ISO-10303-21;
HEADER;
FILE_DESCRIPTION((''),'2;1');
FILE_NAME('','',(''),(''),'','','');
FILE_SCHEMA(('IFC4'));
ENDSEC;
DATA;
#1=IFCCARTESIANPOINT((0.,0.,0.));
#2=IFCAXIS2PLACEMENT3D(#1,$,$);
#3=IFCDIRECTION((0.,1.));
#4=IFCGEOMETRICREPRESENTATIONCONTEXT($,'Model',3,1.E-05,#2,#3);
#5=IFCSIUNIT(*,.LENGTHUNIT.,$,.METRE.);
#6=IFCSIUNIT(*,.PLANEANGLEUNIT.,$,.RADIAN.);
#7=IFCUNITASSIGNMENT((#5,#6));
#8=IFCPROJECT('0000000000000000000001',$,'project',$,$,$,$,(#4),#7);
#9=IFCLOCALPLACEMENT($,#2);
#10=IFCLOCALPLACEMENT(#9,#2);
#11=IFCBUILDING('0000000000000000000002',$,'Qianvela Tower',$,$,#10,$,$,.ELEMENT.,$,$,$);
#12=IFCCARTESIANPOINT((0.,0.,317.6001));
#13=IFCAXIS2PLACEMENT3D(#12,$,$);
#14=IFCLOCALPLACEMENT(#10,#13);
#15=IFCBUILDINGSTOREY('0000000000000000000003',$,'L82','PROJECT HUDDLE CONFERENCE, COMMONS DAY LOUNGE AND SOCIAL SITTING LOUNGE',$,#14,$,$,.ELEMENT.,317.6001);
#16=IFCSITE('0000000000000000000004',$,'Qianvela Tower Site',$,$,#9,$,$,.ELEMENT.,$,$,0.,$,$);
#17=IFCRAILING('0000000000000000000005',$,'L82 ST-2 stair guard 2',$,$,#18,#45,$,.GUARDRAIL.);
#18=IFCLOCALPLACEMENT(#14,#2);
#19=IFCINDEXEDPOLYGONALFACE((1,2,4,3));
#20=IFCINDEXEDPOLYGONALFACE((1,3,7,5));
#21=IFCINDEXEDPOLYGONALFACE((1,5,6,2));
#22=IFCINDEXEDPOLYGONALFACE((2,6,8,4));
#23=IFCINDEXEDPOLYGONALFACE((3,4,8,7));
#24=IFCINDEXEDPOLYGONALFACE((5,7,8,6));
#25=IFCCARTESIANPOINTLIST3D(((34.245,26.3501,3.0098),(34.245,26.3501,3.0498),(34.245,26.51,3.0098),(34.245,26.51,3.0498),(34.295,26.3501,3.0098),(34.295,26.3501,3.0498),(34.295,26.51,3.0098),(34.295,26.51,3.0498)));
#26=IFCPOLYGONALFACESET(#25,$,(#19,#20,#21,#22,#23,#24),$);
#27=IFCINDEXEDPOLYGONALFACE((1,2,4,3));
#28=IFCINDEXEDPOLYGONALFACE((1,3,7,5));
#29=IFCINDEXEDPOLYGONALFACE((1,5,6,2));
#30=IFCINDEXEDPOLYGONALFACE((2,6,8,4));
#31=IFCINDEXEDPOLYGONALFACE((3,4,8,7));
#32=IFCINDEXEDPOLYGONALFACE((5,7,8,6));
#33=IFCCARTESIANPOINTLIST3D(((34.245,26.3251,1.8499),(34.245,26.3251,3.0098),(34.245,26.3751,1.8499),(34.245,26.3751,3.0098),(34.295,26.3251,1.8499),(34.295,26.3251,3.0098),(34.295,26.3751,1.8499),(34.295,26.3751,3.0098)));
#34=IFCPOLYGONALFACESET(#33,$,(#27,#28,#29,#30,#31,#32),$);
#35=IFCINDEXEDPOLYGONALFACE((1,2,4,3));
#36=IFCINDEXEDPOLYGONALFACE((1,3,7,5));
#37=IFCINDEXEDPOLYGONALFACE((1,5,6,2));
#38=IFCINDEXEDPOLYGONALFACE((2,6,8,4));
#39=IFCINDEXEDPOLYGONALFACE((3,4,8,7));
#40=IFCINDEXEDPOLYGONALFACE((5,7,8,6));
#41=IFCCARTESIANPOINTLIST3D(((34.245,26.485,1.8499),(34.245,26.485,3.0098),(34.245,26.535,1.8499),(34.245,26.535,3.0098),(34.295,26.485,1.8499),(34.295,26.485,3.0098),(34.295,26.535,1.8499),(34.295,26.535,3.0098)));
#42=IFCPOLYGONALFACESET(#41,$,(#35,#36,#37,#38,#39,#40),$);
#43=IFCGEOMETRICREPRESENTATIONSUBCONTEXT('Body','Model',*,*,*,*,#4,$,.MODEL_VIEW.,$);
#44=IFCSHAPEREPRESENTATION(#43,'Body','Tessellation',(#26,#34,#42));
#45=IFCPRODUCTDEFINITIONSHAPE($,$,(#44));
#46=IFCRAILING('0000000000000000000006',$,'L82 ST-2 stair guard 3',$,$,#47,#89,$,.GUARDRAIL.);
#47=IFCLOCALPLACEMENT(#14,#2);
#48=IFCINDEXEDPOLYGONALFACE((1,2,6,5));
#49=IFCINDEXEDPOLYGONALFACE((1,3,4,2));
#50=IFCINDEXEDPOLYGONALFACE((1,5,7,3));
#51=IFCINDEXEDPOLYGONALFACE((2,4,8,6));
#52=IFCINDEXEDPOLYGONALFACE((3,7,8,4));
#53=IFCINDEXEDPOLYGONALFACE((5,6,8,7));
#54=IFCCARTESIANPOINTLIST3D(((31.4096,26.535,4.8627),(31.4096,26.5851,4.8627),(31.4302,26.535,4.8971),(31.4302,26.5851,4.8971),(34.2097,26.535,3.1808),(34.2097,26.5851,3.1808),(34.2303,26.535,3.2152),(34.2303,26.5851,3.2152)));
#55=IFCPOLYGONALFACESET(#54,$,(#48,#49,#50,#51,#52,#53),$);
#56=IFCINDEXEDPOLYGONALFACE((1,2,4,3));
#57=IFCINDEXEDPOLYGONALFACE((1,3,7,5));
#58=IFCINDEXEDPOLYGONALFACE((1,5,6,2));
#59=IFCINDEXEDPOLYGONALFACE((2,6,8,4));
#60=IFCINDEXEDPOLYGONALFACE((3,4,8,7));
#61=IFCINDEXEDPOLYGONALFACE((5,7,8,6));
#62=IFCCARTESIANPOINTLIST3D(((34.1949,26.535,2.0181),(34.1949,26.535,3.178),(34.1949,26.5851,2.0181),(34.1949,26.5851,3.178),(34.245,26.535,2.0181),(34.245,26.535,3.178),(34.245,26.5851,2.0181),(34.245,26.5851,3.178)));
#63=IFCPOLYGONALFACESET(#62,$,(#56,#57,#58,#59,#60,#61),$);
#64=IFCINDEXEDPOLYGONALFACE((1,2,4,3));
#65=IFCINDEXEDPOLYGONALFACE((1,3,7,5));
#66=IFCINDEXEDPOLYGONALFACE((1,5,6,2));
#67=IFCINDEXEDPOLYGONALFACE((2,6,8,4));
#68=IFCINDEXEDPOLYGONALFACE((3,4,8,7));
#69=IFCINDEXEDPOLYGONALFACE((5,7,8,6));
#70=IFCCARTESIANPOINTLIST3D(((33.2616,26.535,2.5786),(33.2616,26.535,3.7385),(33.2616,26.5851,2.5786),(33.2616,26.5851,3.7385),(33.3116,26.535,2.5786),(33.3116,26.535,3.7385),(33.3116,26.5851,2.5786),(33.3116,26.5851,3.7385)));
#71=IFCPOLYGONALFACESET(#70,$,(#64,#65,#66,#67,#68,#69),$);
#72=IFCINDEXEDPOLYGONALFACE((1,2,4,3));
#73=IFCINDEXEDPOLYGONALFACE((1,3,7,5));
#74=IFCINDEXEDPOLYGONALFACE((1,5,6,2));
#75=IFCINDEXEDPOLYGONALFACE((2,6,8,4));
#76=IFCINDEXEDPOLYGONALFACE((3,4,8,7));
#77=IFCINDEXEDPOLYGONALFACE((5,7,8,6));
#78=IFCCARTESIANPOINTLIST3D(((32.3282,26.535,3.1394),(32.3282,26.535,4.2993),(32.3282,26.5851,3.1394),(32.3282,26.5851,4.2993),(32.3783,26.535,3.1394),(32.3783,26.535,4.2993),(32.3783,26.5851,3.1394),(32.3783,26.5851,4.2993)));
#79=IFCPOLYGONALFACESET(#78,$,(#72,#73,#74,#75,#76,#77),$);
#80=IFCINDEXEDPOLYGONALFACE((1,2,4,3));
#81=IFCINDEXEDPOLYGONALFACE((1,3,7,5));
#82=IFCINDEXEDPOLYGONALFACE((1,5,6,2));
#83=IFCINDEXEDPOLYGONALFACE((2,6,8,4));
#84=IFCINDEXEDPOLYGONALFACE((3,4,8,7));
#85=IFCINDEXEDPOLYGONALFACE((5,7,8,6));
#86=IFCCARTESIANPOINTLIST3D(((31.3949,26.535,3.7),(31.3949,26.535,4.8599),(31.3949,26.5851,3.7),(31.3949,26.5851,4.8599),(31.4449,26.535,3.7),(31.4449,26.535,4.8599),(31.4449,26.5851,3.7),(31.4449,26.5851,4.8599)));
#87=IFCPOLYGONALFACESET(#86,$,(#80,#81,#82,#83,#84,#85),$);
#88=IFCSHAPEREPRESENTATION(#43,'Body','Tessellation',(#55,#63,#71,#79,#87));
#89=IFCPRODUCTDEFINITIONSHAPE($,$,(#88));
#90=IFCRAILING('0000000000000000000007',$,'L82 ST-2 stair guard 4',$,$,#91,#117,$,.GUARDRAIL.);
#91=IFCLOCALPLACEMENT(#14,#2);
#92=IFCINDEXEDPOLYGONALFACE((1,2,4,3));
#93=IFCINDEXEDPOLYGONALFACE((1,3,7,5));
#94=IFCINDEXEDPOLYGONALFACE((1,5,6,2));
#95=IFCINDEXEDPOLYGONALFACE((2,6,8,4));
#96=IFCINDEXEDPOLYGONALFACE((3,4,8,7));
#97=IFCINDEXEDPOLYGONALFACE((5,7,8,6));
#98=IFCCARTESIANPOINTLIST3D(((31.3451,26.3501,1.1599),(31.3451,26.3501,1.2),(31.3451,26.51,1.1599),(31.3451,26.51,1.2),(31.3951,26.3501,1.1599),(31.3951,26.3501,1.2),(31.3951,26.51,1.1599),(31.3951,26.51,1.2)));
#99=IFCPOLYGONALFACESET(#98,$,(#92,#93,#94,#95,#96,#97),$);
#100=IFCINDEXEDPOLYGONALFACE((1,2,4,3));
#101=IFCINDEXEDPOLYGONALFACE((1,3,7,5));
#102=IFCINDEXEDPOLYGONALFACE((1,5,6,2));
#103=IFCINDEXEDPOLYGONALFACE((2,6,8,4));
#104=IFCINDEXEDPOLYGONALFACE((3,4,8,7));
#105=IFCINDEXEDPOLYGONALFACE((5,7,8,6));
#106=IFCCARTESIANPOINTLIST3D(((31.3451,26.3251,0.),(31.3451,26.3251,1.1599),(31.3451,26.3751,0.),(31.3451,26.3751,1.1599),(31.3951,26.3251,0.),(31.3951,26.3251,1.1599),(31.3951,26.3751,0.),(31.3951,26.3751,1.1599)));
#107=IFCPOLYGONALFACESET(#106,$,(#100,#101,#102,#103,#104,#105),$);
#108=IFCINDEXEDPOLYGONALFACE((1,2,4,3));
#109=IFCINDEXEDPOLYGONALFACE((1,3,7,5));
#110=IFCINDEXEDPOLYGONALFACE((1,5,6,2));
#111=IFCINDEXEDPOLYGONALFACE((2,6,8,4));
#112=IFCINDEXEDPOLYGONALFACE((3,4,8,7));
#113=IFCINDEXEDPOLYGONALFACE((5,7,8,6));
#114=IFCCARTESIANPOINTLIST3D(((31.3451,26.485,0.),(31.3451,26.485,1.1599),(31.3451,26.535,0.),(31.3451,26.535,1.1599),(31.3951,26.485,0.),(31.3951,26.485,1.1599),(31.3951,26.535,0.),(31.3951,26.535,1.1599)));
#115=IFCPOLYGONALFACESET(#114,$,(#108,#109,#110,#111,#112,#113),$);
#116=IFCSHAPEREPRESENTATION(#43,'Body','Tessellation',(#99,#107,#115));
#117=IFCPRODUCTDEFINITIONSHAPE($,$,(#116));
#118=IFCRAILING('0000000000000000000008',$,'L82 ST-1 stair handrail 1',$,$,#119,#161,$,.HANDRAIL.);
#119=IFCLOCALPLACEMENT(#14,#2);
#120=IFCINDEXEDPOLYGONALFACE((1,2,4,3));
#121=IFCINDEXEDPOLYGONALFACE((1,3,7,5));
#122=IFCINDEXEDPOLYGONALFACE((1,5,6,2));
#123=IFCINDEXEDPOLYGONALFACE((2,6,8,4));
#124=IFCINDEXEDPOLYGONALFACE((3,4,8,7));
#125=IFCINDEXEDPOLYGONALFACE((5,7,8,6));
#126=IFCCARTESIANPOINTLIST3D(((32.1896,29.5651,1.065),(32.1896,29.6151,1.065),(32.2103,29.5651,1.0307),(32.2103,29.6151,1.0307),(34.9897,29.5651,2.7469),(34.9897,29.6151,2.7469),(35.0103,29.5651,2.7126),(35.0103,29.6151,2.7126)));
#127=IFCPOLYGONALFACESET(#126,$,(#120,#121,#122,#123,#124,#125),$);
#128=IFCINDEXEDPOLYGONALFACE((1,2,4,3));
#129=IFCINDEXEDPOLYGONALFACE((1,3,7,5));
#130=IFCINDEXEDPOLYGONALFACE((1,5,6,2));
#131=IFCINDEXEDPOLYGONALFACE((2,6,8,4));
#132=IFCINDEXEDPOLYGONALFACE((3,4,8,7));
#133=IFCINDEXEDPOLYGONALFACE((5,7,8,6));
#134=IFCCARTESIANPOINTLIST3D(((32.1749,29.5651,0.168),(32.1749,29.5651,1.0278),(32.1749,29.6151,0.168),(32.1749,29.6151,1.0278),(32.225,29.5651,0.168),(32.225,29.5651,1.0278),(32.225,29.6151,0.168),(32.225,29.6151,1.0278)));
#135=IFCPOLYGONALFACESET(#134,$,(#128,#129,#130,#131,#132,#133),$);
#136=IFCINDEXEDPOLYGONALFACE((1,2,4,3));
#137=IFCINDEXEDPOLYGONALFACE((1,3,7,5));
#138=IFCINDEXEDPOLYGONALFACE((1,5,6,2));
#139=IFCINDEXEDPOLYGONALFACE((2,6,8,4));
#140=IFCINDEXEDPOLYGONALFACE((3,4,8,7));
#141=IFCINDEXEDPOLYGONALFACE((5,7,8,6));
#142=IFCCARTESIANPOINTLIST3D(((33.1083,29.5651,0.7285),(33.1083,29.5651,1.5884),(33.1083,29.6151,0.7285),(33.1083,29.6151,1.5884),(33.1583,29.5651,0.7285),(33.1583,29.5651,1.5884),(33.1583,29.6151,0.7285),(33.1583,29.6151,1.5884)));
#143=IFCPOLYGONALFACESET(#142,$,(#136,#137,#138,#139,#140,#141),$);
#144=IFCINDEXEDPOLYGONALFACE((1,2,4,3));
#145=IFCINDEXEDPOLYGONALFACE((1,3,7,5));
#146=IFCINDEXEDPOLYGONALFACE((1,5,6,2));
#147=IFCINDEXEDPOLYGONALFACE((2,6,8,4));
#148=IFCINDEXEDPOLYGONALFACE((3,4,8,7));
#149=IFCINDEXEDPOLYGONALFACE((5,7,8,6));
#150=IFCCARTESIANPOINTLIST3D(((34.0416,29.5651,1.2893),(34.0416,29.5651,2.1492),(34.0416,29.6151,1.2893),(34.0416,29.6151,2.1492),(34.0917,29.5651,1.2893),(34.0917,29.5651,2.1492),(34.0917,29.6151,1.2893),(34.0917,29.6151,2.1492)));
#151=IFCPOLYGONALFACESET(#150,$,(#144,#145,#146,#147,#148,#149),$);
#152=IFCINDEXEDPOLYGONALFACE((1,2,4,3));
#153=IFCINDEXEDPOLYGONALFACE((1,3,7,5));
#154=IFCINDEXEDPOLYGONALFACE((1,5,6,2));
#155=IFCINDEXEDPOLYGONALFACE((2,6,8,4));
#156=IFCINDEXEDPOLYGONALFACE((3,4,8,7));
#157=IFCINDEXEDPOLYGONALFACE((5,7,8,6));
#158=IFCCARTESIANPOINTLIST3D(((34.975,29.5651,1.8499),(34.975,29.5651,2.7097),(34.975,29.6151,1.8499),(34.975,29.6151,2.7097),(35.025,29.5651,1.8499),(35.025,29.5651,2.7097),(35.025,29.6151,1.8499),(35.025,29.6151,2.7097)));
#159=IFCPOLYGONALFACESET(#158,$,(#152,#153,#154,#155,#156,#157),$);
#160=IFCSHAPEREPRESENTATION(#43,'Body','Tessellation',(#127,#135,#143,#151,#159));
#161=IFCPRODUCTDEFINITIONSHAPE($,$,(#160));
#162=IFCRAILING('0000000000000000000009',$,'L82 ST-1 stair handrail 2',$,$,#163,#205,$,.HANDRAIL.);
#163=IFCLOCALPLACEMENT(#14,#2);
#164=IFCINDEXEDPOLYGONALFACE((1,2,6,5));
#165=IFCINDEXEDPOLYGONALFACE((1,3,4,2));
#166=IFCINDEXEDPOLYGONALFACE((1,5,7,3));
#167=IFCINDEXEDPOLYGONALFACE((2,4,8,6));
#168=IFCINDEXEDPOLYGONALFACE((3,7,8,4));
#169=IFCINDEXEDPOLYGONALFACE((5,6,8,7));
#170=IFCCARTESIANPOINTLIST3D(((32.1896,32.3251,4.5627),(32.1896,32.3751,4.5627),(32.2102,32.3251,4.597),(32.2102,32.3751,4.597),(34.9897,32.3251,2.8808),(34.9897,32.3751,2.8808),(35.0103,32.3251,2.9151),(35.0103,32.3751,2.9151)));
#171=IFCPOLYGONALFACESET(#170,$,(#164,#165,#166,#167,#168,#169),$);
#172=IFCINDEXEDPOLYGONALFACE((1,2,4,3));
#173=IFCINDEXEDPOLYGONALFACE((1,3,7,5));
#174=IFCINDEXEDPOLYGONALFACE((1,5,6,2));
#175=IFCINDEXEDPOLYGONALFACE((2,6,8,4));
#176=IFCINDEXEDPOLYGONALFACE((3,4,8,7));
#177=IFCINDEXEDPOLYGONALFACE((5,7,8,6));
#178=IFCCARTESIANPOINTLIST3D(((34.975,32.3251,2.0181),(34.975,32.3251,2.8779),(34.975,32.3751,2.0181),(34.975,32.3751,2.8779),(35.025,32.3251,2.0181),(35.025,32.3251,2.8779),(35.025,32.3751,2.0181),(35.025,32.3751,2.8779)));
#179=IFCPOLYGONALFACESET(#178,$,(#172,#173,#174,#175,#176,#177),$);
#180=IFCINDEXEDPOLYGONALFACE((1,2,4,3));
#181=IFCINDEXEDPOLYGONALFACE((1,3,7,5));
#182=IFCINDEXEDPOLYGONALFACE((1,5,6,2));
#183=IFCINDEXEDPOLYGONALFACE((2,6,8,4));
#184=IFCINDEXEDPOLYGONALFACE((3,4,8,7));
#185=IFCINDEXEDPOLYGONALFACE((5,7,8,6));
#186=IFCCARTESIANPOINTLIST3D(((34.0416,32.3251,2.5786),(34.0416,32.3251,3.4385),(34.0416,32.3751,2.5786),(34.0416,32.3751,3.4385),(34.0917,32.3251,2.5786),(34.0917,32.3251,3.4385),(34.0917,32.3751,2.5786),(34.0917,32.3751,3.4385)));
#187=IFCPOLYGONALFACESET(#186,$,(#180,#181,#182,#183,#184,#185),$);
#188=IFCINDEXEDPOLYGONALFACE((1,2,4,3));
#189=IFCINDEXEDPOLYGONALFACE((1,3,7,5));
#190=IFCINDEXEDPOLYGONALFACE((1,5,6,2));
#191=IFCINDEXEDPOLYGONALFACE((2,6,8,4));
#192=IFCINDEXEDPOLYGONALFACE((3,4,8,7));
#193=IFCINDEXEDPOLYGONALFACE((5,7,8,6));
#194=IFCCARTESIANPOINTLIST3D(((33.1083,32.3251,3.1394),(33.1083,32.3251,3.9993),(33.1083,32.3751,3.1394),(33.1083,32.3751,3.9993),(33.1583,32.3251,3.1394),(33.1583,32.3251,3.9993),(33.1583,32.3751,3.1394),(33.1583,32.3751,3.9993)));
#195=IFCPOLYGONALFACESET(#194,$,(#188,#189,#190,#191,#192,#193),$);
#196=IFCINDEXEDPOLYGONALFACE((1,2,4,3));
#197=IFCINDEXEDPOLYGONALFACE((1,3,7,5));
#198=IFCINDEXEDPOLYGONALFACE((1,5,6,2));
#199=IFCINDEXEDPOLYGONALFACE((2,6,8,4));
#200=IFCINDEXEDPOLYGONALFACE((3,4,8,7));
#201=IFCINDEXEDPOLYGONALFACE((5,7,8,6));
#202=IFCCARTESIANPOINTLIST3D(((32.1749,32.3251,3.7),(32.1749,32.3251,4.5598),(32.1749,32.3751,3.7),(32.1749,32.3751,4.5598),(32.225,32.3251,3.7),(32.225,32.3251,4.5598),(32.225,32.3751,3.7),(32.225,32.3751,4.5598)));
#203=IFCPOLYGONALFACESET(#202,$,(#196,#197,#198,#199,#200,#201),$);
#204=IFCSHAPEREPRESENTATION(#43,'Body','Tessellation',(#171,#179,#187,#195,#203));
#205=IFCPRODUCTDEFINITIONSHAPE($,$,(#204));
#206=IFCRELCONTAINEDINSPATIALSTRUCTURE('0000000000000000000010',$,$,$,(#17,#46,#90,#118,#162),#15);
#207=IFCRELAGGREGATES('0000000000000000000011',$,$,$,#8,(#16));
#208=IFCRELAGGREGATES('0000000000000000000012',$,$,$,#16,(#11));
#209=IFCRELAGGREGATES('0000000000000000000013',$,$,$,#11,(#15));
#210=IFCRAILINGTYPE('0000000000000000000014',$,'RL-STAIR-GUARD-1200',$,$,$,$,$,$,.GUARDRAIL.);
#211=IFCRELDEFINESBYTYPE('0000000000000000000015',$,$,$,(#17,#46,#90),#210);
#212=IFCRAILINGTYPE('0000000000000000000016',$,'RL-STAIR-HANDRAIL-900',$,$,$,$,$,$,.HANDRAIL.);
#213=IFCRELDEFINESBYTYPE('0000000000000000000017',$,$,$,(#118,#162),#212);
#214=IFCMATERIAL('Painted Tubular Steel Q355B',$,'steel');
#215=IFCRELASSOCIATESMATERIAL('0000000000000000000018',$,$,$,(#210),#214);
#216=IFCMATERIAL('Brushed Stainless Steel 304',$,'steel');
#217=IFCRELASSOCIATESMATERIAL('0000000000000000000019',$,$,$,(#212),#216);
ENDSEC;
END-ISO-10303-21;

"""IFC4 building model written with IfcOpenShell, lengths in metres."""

from ifc_helpers import new_model, si_unit, direction, frame, origin, origin_2d, place, context, subcontext, project, spatial, rectangle, extrude, material, type_object, element, save


model = new_model("IFC4")

# Units and contexts
model_context = context("Model", 3, precision=1e-05, world=origin(), true_north=direction((0.0, 1.0)))
body_context = subcontext(model_context, "Body", "Model", "MODEL_VIEW")
ifc_project = project(units=[si_unit("LENGTHUNIT", "METRE"), si_unit("PLANEANGLEUNIT", "RADIAN")], contexts=[model_context])

# Site, building, storey
site_placement = place(None, origin())
site = spatial("IfcSite", under=ifc_project, at=site_placement, Name="Qianvela Tower Site", CompositionType="ELEMENT", RefElevation=0.0)
building_placement = place(site_placement, origin())
building = spatial("IfcBuilding", under=site, at=building_placement, Name="Qianvela Tower", CompositionType="ELEMENT")
storey_placement = place(building_placement, frame((0.0, 0.0, 317.6001)))
storey = spatial("IfcBuildingStorey", under=building, at=storey_placement, Name="L82", Description="PROJECT HUDDLE CONFERENCE, COMMONS DAY LOUNGE AND SOCIAL SITTING LOUNGE", CompositionType="ELEMENT", Elevation=317.6001)

# Railings
ifc_material_1 = material(Name="Painted Tubular Steel Q355B", Category="steel")
railing_type_1 = type_object("IfcRailingType", Name="RL-STAIR-GUARD-1200", PredefinedType="GUARDRAIL", material=ifc_material_1)
railing_1_placement = place(storey_placement, frame((34.27, 26.3501, 1.8499)))
element("IfcRailing", 1, at=railing_1_placement, inside=storey, type_object=railing_type_1, Name="L82 ST-2 stair guard 2", PredefinedType="GUARDRAIL", context=body_context, shape_type="SweptSolid", body=[
    extrude(rectangle(XDim=0.05, YDim=0.04, at=origin_2d()), frame((0.0, 0.0, 1.1799), z_axis=(0.0, 1.0, 0.0), x_axis=(-1.0, 0.0, 0.0)), (0.0, 0.0, 1.0), 0.1599),
    extrude(rectangle(XDim=0.05, YDim=0.05, at=origin_2d()), origin(), (0.0, 0.0, 1.0), 1.1599),
    extrude(rectangle(XDim=0.05, YDim=0.05, at=origin_2d()), frame((0.0, 0.1599, 0.0)), (0.0, 0.0, 1.0), 1.1599),
])
railing_2_placement = place(storey_placement, frame((34.22, 26.5601, 2.0181)))
element("IfcRailing", 2, at=railing_2_placement, inside=storey, type_object=railing_type_1, Name="L82 ST-2 stair guard 3", PredefinedType="GUARDRAIL", context=body_context, shape_type="SweptSolid", body=[
    extrude(rectangle(XDim=0.05, YDim=0.04, at=origin_2d()), frame((0.0, 0.0, 1.1799), z_axis=(-0.857242, 0.0, 0.514913), x_axis=(0.0, -1.0, 0.0)), (0.0, 0.0, 1.0), 3.2664),
    extrude(rectangle(XDim=0.05, YDim=0.05, at=origin_2d()), origin(), (0.0, 0.0, 1.0), 1.1599),
    extrude(rectangle(XDim=0.05, YDim=0.05, at=origin_2d()), frame((-0.9333, 0.0, 0.5605)), (0.0, 0.0, 1.0), 1.1599),
    extrude(rectangle(XDim=0.05, YDim=0.05, at=origin_2d()), frame((-1.8667, 0.0, 1.1213)), (0.0, 0.0, 1.0), 1.1599),
    extrude(rectangle(XDim=0.05, YDim=0.05, at=origin_2d()), frame((-2.8, 0.0, 1.6819)), (0.0, 0.0, 1.0), 1.1599),
])
railing_3_placement = place(storey_placement, frame((31.3701, 26.3501, 0.0)))
element("IfcRailing", 3, at=railing_3_placement, inside=storey, type_object=railing_type_1, Name="L82 ST-2 stair guard 4", PredefinedType="GUARDRAIL", context=body_context, shape_type="SweptSolid", body=[
    extrude(rectangle(XDim=0.05, YDim=0.04, at=origin_2d()), frame((0.0, 0.0, 1.1799), z_axis=(0.0, 1.0, 0.0), x_axis=(-1.0, 0.0, 0.0)), (0.0, 0.0, 1.0), 0.1599),
    extrude(rectangle(XDim=0.05, YDim=0.05, at=origin_2d()), origin(), (0.0, 0.0, 1.0), 1.1599),
    extrude(rectangle(XDim=0.05, YDim=0.05, at=origin_2d()), frame((0.0, 0.1599, 0.0)), (0.0, 0.0, 1.0), 1.1599),
])
ifc_material_2 = material(Name="Brushed Stainless Steel 304", Category="steel")
railing_type_2 = type_object("IfcRailingType", Name="RL-STAIR-HANDRAIL-900", PredefinedType="HANDRAIL", material=ifc_material_2)
railing_4_placement = place(storey_placement, frame((32.2, 29.5901, 0.168)))
element("IfcRailing", 4, at=railing_4_placement, inside=storey, type_object=railing_type_2, Name="L82 ST-1 stair handrail 1", PredefinedType="HANDRAIL", context=body_context, shape_type="SweptSolid", body=[
    extrude(rectangle(XDim=0.05, YDim=0.04, at=origin_2d()), frame((0.0, 0.0, 0.8799), z_axis=(0.857242, 0.0, 0.514913), x_axis=(0.0, 1.0, 0.0)), (0.0, 0.0, 1.0), 3.2664),
    extrude(rectangle(XDim=0.05, YDim=0.05, at=origin_2d()), origin(), (0.0, 0.0, 1.0), 0.8599),
    extrude(rectangle(XDim=0.05, YDim=0.05, at=origin_2d()), frame((0.9333, 0.0, 0.5605)), (0.0, 0.0, 1.0), 0.8599),
    extrude(rectangle(XDim=0.05, YDim=0.05, at=origin_2d()), frame((1.8667, 0.0, 1.1213)), (0.0, 0.0, 1.0), 0.8599),
    extrude(rectangle(XDim=0.05, YDim=0.05, at=origin_2d()), frame((2.8, 0.0, 1.6819)), (0.0, 0.0, 1.0), 0.8599),
])
railing_5_placement = place(storey_placement, frame((35.0, 32.3501, 2.0181)))
element("IfcRailing", 5, at=railing_5_placement, inside=storey, type_object=railing_type_2, Name="L82 ST-1 stair handrail 2", PredefinedType="HANDRAIL", context=body_context, shape_type="SweptSolid", body=[
    extrude(rectangle(XDim=0.05, YDim=0.04, at=origin_2d()), frame((0.0, 0.0, 0.8799), z_axis=(-0.857242, 0.0, 0.514913), x_axis=(0.0, -1.0, 0.0)), (0.0, 0.0, 1.0), 3.2664),
    extrude(rectangle(XDim=0.05, YDim=0.05, at=origin_2d()), origin(), (0.0, 0.0, 1.0), 0.8599),
    extrude(rectangle(XDim=0.05, YDim=0.05, at=origin_2d()), frame((-0.9333, 0.0, 0.5605)), (0.0, 0.0, 1.0), 0.8599),
    extrude(rectangle(XDim=0.05, YDim=0.05, at=origin_2d()), frame((-1.8667, 0.0, 1.1213)), (0.0, 0.0, 1.0), 0.8599),
    extrude(rectangle(XDim=0.05, YDim=0.05, at=origin_2d()), frame((-2.8, 0.0, 1.6819)), (0.0, 0.0, 1.0), 0.8599),
])

save(model, "model.ifc")
